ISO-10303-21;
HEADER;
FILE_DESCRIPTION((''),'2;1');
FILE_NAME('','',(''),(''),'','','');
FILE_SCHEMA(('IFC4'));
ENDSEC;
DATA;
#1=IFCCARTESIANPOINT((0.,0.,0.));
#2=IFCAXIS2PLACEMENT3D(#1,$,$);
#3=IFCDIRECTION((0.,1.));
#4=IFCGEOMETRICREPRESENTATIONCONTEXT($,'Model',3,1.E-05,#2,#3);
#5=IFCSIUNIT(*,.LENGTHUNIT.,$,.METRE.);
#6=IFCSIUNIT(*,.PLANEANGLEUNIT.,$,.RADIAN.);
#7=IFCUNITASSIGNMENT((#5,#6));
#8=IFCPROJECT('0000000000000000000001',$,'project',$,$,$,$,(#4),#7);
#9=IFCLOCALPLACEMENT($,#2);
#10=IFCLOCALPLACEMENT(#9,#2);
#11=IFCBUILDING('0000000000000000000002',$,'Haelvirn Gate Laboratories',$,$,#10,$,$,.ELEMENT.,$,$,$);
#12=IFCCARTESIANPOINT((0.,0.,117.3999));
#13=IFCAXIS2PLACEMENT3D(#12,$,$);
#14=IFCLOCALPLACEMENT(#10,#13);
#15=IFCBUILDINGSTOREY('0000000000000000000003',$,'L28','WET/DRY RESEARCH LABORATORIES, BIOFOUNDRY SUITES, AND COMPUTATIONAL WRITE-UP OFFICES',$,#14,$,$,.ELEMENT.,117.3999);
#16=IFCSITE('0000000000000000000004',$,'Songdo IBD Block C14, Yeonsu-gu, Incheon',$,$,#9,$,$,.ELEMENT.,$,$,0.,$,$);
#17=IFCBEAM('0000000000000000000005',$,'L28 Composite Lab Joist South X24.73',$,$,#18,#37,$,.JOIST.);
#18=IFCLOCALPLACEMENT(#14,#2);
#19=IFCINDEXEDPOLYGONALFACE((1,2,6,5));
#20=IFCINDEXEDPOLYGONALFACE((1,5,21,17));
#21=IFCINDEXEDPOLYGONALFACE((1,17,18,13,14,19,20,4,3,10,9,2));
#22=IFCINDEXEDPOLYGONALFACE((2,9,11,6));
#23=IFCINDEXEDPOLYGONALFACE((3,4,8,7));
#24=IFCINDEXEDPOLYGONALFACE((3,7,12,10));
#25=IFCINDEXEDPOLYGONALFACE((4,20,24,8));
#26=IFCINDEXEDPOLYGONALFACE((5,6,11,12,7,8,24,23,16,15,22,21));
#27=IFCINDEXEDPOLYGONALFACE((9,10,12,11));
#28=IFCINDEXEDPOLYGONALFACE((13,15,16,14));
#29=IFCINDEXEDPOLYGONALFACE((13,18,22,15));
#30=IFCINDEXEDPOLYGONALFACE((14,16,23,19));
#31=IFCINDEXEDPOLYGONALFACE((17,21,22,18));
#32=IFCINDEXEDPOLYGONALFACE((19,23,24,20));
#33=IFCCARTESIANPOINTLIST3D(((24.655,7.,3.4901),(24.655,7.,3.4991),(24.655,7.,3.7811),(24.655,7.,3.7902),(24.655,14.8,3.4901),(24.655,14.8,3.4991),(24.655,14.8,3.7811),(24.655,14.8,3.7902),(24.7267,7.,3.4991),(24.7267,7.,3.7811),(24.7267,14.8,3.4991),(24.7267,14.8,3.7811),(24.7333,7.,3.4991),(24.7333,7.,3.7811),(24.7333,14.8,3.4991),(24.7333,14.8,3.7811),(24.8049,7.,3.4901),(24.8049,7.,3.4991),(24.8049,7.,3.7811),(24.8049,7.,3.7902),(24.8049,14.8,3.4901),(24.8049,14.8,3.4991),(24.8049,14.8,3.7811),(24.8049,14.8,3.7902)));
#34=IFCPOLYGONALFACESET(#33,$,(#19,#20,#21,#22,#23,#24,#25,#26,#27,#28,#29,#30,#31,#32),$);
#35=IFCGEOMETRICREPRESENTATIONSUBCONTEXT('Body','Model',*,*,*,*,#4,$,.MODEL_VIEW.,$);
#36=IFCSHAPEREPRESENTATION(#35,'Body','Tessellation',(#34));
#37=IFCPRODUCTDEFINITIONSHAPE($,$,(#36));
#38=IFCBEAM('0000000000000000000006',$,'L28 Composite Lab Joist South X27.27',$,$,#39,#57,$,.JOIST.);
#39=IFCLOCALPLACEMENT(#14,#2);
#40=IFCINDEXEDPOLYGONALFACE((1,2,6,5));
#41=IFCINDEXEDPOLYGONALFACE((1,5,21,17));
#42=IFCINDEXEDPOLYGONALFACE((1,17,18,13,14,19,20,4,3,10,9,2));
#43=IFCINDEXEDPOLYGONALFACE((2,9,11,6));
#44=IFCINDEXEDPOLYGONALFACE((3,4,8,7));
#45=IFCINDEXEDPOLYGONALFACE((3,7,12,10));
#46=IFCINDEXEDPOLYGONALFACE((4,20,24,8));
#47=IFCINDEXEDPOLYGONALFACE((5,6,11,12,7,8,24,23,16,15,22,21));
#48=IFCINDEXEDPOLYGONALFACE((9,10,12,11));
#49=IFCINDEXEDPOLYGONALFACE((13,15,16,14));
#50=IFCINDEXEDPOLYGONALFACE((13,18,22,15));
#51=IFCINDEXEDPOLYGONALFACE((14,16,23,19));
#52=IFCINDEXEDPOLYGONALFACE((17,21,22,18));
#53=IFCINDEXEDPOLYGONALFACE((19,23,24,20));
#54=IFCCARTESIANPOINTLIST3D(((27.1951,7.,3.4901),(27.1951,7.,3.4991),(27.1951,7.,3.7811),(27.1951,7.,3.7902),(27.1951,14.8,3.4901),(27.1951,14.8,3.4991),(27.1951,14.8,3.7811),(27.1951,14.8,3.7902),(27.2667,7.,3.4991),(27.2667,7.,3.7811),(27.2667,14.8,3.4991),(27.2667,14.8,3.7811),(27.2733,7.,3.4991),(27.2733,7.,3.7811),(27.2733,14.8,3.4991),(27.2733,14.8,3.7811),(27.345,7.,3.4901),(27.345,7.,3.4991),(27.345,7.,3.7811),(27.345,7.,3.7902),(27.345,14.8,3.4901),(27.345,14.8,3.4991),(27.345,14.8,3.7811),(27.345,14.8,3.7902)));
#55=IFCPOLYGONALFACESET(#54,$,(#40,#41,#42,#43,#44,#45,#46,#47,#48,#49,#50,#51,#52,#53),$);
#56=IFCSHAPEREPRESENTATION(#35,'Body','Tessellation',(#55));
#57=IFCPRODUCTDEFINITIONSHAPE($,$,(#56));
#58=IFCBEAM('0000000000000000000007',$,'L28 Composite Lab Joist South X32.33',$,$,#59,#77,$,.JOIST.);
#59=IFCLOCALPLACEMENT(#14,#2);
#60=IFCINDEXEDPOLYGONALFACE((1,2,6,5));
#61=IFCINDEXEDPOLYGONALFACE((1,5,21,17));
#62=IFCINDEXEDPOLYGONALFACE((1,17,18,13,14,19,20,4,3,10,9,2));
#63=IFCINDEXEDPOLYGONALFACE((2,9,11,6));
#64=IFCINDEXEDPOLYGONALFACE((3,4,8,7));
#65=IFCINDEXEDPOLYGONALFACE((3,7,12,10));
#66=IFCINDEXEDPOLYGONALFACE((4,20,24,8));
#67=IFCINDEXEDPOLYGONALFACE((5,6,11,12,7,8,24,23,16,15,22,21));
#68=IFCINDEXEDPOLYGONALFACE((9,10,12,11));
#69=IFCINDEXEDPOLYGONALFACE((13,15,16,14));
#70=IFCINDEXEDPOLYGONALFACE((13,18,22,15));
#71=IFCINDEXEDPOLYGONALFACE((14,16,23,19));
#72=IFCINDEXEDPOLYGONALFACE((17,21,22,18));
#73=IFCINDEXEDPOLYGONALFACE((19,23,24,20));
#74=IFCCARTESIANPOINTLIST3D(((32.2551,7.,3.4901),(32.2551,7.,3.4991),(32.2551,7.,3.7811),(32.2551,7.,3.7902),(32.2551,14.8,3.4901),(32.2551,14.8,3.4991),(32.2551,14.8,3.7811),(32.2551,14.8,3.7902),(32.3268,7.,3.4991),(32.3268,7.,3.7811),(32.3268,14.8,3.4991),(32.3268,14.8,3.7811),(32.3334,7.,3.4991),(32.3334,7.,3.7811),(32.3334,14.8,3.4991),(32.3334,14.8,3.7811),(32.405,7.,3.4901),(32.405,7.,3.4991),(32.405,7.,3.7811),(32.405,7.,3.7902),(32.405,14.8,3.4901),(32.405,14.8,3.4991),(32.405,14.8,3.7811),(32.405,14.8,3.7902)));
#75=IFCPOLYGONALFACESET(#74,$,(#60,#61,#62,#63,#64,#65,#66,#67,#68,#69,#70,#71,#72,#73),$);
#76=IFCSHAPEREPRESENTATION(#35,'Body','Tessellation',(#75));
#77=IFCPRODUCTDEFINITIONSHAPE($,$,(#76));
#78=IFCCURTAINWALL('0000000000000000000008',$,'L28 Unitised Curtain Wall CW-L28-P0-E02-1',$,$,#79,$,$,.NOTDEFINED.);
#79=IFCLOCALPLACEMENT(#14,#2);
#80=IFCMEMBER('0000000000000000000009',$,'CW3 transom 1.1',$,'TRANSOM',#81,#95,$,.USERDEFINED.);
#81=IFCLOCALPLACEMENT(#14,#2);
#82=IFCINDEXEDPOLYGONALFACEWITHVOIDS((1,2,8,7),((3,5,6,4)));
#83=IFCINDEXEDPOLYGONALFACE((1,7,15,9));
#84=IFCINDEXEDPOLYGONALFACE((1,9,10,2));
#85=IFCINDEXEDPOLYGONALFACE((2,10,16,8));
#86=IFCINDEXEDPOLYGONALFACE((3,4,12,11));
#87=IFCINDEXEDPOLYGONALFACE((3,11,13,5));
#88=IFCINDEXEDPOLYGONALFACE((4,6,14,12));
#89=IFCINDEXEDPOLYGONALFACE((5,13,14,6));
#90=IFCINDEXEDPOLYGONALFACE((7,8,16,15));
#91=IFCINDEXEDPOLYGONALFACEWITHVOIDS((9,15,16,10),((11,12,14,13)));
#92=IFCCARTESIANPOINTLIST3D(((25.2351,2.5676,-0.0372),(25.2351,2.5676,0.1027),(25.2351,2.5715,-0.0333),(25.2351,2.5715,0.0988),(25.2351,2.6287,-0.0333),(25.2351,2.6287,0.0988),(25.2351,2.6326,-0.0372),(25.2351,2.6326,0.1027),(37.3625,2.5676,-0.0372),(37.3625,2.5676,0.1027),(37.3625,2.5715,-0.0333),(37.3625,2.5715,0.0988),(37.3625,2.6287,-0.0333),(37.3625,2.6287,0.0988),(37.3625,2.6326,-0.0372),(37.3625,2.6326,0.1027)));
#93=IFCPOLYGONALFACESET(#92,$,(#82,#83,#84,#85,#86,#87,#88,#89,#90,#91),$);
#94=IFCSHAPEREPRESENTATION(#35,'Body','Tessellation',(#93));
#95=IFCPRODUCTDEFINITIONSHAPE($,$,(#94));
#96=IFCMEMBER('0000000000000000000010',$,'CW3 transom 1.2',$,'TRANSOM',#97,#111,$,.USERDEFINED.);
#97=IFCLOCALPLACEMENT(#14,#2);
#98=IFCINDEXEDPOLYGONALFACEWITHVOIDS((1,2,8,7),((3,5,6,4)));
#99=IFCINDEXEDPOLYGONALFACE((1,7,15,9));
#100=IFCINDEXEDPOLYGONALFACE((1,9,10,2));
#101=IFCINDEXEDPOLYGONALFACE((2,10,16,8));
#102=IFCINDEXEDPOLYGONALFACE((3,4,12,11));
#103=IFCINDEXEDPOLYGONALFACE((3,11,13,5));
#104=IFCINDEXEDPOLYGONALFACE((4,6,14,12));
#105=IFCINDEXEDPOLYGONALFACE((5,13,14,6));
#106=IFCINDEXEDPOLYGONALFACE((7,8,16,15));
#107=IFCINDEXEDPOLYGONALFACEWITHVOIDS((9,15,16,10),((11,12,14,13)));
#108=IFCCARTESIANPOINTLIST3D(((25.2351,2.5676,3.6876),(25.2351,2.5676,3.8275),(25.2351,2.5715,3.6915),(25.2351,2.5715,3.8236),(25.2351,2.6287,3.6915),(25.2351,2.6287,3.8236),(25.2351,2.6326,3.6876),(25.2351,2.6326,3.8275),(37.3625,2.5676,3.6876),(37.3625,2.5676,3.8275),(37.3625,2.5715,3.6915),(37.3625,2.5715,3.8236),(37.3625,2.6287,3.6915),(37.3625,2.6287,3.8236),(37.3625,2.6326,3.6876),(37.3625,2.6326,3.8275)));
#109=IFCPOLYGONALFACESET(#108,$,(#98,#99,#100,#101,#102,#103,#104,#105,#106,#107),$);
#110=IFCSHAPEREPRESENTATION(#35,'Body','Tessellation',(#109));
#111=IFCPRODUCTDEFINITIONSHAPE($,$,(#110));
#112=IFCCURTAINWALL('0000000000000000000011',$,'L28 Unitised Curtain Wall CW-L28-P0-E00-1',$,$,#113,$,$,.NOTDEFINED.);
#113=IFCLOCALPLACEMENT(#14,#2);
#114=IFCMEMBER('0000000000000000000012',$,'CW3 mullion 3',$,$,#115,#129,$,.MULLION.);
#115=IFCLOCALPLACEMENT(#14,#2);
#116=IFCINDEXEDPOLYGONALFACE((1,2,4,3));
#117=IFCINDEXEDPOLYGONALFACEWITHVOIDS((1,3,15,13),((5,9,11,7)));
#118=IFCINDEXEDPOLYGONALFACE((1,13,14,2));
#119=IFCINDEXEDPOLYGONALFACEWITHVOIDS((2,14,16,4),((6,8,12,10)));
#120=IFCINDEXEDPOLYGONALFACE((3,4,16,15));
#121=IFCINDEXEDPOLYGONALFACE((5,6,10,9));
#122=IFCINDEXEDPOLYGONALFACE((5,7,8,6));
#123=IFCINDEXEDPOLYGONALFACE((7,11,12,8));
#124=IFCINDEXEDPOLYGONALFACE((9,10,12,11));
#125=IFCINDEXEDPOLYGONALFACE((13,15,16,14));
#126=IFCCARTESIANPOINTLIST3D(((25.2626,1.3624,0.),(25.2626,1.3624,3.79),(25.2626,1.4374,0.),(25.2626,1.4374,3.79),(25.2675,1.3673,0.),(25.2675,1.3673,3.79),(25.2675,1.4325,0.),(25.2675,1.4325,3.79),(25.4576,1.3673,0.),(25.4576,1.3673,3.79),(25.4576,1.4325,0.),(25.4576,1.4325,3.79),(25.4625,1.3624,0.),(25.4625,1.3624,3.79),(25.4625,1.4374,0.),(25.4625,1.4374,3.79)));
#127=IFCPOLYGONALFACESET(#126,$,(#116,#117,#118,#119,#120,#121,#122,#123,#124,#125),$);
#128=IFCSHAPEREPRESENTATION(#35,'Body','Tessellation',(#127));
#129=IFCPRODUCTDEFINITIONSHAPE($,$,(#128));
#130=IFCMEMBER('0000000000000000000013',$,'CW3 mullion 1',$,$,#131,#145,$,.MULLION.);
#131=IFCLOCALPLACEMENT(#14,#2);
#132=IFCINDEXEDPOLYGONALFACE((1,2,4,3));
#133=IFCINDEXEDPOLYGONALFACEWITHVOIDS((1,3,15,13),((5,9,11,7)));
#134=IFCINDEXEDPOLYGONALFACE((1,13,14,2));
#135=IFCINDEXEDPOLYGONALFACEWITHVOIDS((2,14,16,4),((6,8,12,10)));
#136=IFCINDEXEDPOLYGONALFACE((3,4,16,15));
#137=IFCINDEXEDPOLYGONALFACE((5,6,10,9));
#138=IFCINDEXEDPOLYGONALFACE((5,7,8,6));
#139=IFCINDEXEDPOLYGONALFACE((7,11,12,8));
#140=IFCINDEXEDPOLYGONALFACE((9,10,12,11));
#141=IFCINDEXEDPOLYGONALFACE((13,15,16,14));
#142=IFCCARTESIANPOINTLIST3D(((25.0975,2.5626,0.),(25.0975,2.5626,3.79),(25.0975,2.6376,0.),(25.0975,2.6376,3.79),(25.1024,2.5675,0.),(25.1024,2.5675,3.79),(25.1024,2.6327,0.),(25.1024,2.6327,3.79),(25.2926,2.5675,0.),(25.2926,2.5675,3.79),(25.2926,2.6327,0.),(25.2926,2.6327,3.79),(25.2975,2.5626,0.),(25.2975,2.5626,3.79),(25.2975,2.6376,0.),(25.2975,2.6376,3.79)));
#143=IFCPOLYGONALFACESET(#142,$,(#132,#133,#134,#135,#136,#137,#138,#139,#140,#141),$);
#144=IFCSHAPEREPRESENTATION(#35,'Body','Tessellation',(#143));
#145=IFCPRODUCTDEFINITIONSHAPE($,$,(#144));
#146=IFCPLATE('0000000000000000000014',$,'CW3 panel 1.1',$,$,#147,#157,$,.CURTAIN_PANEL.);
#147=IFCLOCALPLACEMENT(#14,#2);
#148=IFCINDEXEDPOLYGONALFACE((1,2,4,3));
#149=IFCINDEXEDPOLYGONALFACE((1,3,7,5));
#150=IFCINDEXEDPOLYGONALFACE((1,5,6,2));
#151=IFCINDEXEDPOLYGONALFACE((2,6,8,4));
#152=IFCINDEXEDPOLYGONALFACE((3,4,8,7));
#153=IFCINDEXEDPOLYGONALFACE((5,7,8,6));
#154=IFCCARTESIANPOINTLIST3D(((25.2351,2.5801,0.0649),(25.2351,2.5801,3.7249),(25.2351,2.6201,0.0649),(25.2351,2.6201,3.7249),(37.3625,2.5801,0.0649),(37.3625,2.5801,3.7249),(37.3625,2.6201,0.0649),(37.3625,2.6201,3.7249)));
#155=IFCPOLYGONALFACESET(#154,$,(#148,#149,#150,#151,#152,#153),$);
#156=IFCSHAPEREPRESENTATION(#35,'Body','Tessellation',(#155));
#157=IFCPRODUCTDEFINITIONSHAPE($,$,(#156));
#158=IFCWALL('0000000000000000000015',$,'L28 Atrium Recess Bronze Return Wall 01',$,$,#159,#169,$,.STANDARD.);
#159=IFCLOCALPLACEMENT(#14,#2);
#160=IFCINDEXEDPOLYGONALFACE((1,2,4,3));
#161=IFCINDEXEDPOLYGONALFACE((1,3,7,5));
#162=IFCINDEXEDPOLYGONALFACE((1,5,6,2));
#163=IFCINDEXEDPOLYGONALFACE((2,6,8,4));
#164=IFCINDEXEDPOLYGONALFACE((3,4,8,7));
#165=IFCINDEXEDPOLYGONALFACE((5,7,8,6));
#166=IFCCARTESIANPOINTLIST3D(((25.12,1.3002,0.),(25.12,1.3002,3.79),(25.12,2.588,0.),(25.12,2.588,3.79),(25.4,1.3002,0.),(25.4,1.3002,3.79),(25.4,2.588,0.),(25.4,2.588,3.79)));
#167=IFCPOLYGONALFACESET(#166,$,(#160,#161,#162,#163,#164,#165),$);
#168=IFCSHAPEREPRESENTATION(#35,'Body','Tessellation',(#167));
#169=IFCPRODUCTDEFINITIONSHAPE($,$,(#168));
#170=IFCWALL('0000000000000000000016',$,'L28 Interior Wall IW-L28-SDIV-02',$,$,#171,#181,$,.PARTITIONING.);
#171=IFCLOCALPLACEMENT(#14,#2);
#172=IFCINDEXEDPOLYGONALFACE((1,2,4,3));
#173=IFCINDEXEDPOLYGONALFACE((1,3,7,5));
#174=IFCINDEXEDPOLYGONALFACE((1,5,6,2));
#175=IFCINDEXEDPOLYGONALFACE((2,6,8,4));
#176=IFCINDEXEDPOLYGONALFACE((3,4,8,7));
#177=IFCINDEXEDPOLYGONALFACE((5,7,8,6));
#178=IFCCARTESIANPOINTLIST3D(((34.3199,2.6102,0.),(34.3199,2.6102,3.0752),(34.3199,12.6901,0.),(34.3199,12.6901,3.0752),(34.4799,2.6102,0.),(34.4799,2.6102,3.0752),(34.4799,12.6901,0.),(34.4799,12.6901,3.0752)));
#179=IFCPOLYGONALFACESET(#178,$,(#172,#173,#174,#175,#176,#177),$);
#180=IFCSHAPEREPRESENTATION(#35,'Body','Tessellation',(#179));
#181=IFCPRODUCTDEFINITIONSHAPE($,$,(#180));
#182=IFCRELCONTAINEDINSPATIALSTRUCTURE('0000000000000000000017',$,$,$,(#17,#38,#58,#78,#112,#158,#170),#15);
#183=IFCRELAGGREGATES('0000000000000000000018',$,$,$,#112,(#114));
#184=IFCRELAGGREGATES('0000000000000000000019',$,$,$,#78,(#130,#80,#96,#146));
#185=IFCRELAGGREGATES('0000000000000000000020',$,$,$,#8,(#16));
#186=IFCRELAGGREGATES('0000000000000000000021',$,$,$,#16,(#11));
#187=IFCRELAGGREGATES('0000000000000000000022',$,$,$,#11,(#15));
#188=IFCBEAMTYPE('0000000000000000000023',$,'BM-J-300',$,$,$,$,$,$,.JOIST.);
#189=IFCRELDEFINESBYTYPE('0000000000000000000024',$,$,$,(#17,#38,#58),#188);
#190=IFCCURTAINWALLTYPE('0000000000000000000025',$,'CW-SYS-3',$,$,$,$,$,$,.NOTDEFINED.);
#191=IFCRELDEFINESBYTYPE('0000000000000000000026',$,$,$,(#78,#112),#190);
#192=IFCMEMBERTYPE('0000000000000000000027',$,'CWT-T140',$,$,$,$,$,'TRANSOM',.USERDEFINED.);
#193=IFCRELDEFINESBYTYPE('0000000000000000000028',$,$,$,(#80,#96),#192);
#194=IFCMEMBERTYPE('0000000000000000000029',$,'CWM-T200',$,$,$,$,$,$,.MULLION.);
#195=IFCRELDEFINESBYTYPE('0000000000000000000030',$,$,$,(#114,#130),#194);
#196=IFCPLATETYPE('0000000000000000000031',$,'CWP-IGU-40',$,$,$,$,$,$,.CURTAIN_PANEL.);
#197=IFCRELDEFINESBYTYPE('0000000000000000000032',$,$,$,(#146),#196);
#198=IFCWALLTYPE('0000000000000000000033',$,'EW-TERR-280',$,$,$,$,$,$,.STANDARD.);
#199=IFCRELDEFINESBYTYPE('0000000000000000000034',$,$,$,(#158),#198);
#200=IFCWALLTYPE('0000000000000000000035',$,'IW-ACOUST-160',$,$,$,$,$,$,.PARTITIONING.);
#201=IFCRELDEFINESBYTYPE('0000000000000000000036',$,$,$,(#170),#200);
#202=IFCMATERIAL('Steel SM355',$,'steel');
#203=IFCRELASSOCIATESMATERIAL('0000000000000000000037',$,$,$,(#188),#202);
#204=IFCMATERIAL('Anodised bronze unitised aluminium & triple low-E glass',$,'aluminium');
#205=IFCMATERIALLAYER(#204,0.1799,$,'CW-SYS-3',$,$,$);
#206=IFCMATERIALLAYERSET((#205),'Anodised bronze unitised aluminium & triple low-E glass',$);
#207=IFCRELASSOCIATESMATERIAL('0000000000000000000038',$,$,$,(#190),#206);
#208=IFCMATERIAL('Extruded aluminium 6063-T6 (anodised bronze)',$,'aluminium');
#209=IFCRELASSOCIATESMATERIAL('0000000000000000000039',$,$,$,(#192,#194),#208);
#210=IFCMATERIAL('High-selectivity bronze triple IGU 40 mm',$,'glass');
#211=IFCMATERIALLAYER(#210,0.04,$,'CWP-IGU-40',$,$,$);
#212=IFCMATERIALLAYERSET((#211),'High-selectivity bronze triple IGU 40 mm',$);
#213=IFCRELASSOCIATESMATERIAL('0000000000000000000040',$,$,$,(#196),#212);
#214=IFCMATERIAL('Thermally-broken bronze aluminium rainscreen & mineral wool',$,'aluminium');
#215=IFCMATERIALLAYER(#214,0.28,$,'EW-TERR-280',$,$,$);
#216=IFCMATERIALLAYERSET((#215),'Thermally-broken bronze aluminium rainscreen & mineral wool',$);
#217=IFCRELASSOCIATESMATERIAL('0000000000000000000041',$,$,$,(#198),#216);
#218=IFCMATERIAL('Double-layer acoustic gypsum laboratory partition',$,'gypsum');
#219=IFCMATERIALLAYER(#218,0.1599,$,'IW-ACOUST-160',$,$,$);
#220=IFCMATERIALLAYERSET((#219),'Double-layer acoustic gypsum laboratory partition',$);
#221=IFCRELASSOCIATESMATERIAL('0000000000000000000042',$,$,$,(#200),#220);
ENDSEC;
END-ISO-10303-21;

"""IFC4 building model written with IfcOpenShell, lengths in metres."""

from ifc_helpers import new_model, si_unit, direction, frame, frame_2d, origin, origin_2d, place, context, subcontext, project, spatial, rectangle, hollow_rectangle, i_section, extrude, source, transform, mapped, material, layer, layer_set, material_profile, profile_set, type_object, type_shapes, element, aggregate, save


model = new_model("IFC4")

# Units and contexts
model_context = context("Model", 3, precision=1e-05, world=origin(), true_north=direction((0.0, 1.0)))
body_context = subcontext(model_context, "Body", "Model", "MODEL_VIEW")
ifc_project = project(units=[si_unit("LENGTHUNIT", "METRE"), si_unit("PLANEANGLEUNIT", "RADIAN")], contexts=[model_context])

# Site, building, storey
site_placement = place(None, origin())
site = spatial("IfcSite", under=ifc_project, at=site_placement, Name="Songdo IBD Block C14, Yeonsu-gu, Incheon", CompositionType="ELEMENT", RefElevation=0.0)
building_placement = place(site_placement, origin())
building = spatial("IfcBuilding", under=site, at=building_placement, Name="Haelvirn Gate Laboratories", CompositionType="ELEMENT")
storey_placement = place(building_placement, frame((0.0, 0.0, 117.3999)))
storey = spatial("IfcBuildingStorey", under=building, at=storey_placement, Name="L28", Description="WET/DRY RESEARCH LABORATORIES, BIOFOUNDRY SUITES, AND COMPUTATIONAL WRITE-UP OFFICES", CompositionType="ELEMENT", Elevation=117.3999)

# Shared definitions
ifc_material_1 = material(Name="Steel SM355", Category="steel")

# Beams
ifc_material_profile_1 = material_profile(ifc_material_1, i_section(OverallWidth=0.1499, OverallDepth=0.3, WebThickness=0.0066, FlangeThickness=0.009, at=origin_2d()), Name="H-300x150x6.5x9")
ifc_profile_set_1 = profile_set([ifc_material_profile_1], Name="Steel SM355")
beam_type_1 = type_object("IfcBeamType", Name="BM-J-300", PredefinedType="JOIST", material=ifc_profile_set_1)
shared_shape_1 = source(origin(), body_context, "Body", "SweptSolid", [
    extrude(i_section(OverallWidth=0.1499, OverallDepth=0.3, WebThickness=0.0066, FlangeThickness=0.009, at=origin_2d()), origin(), (0.0, 0.0, 1.0), 7.8),
])
type_shapes(beam_type_1, [shared_shape_1])
for number, where, z_axis, x_axis, name in (
    (1, (24.73, 7.0, 3.6401), (0.0, 1.0, 0.0), (-1.0, 0.0, 0.0), "L28 Composite Lab Joist South X24.73"),
    (2, (27.27, 7.0, 3.6401), (0.0, 1.0, 0.0), (-1.0, 0.0, 0.0), "L28 Composite Lab Joist South X27.27"),
    (3, (32.3301, 7.0, 3.6401), (0.0, 1.0, 0.0), (-1.0, 0.0, 0.0), "L28 Composite Lab Joist South X32.33"),
):
    element("IfcBeam", number, at=place(storey_placement, frame(where, z_axis=z_axis, x_axis=x_axis)), inside=storey, type_object=beam_type_1, Name=name, PredefinedType="JOIST", context=body_context, shape_type="MappedRepresentation", body=[
        mapped(shared_shape_1, transform((0.0, 0.0, 0.0), scale=1.0)),
    ])

# Curtain wall, members
ifc_material_2 = material(Name="Anodised bronze unitised aluminium & triple low-E glass", Category="aluminium")
ifc_layer_1 = layer(ifc_material_2, 0.1799, Name="CW-SYS-3")
ifc_layer_set_1 = layer_set([ifc_layer_1], Name="Anodised bronze unitised aluminium & triple low-E glass")
curtain_wall_type = type_object("IfcCurtainWallType", Name="CW-SYS-3", PredefinedType="NOTDEFINED", material=ifc_layer_set_1)
curtain_wall_1_placement = place(storey_placement, origin())
curtain_wall_1 = element("IfcCurtainWall", 4, at=curtain_wall_1_placement, inside=storey, type_object=curtain_wall_type, Name="L28 Unitised Curtain Wall CW-L28-P0-E02-1", PredefinedType="NOTDEFINED")
ifc_material_3 = material(Name="Extruded aluminium 6063-T6 (anodised bronze)", Category="aluminium")
ifc_material_profile_2 = material_profile(ifc_material_3, hollow_rectangle(XDim=0.0649, YDim=0.1399, WallThickness=0.0039, at=origin_2d()), Name="CWT-140x65x4")
ifc_profile_set_2 = profile_set([ifc_material_profile_2], Name="Extruded aluminium 6063-T6 (anodised bronze)")
member_type_1 = type_object("IfcMemberType", Name="CWT-T140", ElementType="TRANSOM", PredefinedType="USERDEFINED", material=ifc_profile_set_2)
shared_shape_2 = source(origin(), body_context, "Body", "SweptSolid", [
    extrude(hollow_rectangle(XDim=0.0649, YDim=0.1399, WallThickness=0.0039, at=origin_2d()), origin(), (0.0, 0.0, 1.0), 12.1274),
])
type_shapes(member_type_1, [shared_shape_2])
member_1_placement = place(storey_placement, frame((25.2351, 2.6001, 0.0327), z_axis=(1.0, 0.0, 0.0), x_axis=(0.0, 1.0, 0.0)))
member_1 = element("IfcMember", 5, at=member_1_placement, type_object=member_type_1, Name="CW3 transom 1.1", ObjectType="TRANSOM", PredefinedType="USERDEFINED", context=body_context, shape_type="MappedRepresentation", body=[
    mapped(shared_shape_2, transform((0.0, 0.0, 0.0), scale=1.0)),
])
member_2_placement = place(storey_placement, frame((25.2351, 2.6001, 3.7576), z_axis=(1.0, 0.0, 0.0), x_axis=(0.0, 1.0, 0.0)))
member_2 = element("IfcMember", 6, at=member_2_placement, type_object=member_type_1, Name="CW3 transom 1.2", ObjectType="TRANSOM", PredefinedType="USERDEFINED", context=body_context, shape_type="MappedRepresentation", body=[
    mapped(shared_shape_2, transform((0.0, 0.0, 0.0), scale=1.0)),
])

# Curtain wall, member
curtain_wall_2_placement = place(storey_placement, origin())
curtain_wall_2 = element("IfcCurtainWall", 7, at=curtain_wall_2_placement, inside=storey, type_object=curtain_wall_type, Name="L28 Unitised Curtain Wall CW-L28-P0-E00-1", PredefinedType="NOTDEFINED")
ifc_material_profile_3 = material_profile(ifc_material_3, hollow_rectangle(XDim=0.075, YDim=0.2, WallThickness=0.0049, at=origin_2d()), Name="CWM-200x75x5")
ifc_profile_set_3 = profile_set([ifc_material_profile_3], Name="Extruded aluminium 6063-T6 (anodised bronze)")
member_type_2 = type_object("IfcMemberType", Name="CWM-T200", PredefinedType="MULLION", material=ifc_profile_set_3)
shared_shape_3 = source(origin(), body_context, "Body", "SweptSolid", [
    extrude(hollow_rectangle(XDim=0.075, YDim=0.2, WallThickness=0.0049, at=origin_2d()), origin(), (0.0, 0.0, 1.0), 3.79),
])
type_shapes(member_type_2, [shared_shape_3])
member_3_placement = place(storey_placement, frame((25.3625, 1.3999, 0.0), z_axis=(0.0, 0.0, 1.0), x_axis=(0.0, 1.0, 0.0)))
member_3 = element("IfcMember", 8, at=member_3_placement, type_object=member_type_2, Name="CW3 mullion 3", PredefinedType="MULLION", context=body_context, shape_type="MappedRepresentation", body=[
    mapped(shared_shape_3, transform((0.0, 0.0, 0.0), scale=1.0)),
])
aggregate(curtain_wall_2, [member_3])

# Member
member_4_placement = place(storey_placement, frame((25.1975, 2.6001, 0.0), z_axis=(0.0, 0.0, 1.0), x_axis=(0.0, 1.0, 0.0)))
member_4 = element("IfcMember", 9, at=member_4_placement, type_object=member_type_2, Name="CW3 mullion 1", PredefinedType="MULLION", context=body_context, shape_type="MappedRepresentation", body=[
    mapped(shared_shape_3, transform((0.0, 0.0, 0.0), scale=1.0)),
])

# Plate
ifc_material_4 = material(Name="High-selectivity bronze triple IGU 40 mm", Category="glass")
ifc_layer_2 = layer(ifc_material_4, 0.04, Name="CWP-IGU-40")
ifc_layer_set_2 = layer_set([ifc_layer_2], Name="High-selectivity bronze triple IGU 40 mm")
plate_type = type_object("IfcPlateType", Name="CWP-IGU-40", PredefinedType="CURTAIN_PANEL", material=ifc_layer_set_2)
shared_shape_4 = source(origin(), body_context, "Body", "SweptSolid", [
    extrude(rectangle(XDim=12.1274, YDim=0.04, at=origin_2d()), origin(), (0.0, 0.0, 1.0), 3.6599),
])
type_shapes(plate_type, [shared_shape_4])
plate_placement = place(storey_placement, frame((31.2988, 2.6001, 0.0649), z_axis=(0.0, 0.0, 1.0), x_axis=(1.0, 0.0, 0.0)))
plate = element("IfcPlate", 10, at=plate_placement, type_object=plate_type, Name="CW3 panel 1.1", PredefinedType="CURTAIN_PANEL", context=body_context, shape_type="MappedRepresentation", body=[
    mapped(shared_shape_4, transform((0.0, 0.0, 0.0), scale=1.0)),
])
aggregate(curtain_wall_1, [member_4, member_1, member_2, plate])

# Walls
ifc_material_5 = material(Name="Thermally-broken bronze aluminium rainscreen & mineral wool", Category="aluminium")
ifc_layer_3 = layer(ifc_material_5, 0.28, Name="EW-TERR-280")
ifc_layer_set_3 = layer_set([ifc_layer_3], Name="Thermally-broken bronze aluminium rainscreen & mineral wool")
wall_type_1 = type_object("IfcWallType", Name="EW-TERR-280", PredefinedType="STANDARD", material=ifc_layer_set_3)
wall_1_placement = place(storey_placement, frame((25.26, 1.3, 0.0), z_axis=(0.0, 0.0, 1.0), x_axis=(0.0, 1.0, 0.0)))
element("IfcWall", 11, at=wall_1_placement, inside=storey, type_object=wall_type_1, Name="L28 Atrium Recess Bronze Return Wall 01", PredefinedType="STANDARD", context=body_context, shape_type="SweptSolid", body=[
    extrude(rectangle(XDim=1.2878, YDim=0.28, at=frame_2d((0.644, 0.0))), origin(), (0.0, 0.0, 1.0), 3.79),
])
ifc_material_6 = material(Name="Double-layer acoustic gypsum laboratory partition", Category="gypsum")
ifc_layer_4 = layer(ifc_material_6, 0.1599, Name="IW-ACOUST-160")
ifc_layer_set_4 = layer_set([ifc_layer_4], Name="Double-layer acoustic gypsum laboratory partition")
wall_type_2 = type_object("IfcWallType", Name="IW-ACOUST-160", PredefinedType="PARTITIONING", material=ifc_layer_set_4)
wall_2_placement = place(storey_placement, frame((34.3999, 2.6101, 0.0), z_axis=(0.0, 0.0, 1.0), x_axis=(0.0, 1.0, 0.0)))
element("IfcWall", 12, at=wall_2_placement, inside=storey, type_object=wall_type_2, Name="L28 Interior Wall IW-L28-SDIV-02", PredefinedType="PARTITIONING", context=body_context, shape_type="SweptSolid", body=[
    extrude(rectangle(XDim=10.0798, YDim=0.1599, at=frame_2d((5.04, 0.0))), origin(), (0.0, 0.0, 1.0), 3.0752),
])

save(model, "model.ifc")
